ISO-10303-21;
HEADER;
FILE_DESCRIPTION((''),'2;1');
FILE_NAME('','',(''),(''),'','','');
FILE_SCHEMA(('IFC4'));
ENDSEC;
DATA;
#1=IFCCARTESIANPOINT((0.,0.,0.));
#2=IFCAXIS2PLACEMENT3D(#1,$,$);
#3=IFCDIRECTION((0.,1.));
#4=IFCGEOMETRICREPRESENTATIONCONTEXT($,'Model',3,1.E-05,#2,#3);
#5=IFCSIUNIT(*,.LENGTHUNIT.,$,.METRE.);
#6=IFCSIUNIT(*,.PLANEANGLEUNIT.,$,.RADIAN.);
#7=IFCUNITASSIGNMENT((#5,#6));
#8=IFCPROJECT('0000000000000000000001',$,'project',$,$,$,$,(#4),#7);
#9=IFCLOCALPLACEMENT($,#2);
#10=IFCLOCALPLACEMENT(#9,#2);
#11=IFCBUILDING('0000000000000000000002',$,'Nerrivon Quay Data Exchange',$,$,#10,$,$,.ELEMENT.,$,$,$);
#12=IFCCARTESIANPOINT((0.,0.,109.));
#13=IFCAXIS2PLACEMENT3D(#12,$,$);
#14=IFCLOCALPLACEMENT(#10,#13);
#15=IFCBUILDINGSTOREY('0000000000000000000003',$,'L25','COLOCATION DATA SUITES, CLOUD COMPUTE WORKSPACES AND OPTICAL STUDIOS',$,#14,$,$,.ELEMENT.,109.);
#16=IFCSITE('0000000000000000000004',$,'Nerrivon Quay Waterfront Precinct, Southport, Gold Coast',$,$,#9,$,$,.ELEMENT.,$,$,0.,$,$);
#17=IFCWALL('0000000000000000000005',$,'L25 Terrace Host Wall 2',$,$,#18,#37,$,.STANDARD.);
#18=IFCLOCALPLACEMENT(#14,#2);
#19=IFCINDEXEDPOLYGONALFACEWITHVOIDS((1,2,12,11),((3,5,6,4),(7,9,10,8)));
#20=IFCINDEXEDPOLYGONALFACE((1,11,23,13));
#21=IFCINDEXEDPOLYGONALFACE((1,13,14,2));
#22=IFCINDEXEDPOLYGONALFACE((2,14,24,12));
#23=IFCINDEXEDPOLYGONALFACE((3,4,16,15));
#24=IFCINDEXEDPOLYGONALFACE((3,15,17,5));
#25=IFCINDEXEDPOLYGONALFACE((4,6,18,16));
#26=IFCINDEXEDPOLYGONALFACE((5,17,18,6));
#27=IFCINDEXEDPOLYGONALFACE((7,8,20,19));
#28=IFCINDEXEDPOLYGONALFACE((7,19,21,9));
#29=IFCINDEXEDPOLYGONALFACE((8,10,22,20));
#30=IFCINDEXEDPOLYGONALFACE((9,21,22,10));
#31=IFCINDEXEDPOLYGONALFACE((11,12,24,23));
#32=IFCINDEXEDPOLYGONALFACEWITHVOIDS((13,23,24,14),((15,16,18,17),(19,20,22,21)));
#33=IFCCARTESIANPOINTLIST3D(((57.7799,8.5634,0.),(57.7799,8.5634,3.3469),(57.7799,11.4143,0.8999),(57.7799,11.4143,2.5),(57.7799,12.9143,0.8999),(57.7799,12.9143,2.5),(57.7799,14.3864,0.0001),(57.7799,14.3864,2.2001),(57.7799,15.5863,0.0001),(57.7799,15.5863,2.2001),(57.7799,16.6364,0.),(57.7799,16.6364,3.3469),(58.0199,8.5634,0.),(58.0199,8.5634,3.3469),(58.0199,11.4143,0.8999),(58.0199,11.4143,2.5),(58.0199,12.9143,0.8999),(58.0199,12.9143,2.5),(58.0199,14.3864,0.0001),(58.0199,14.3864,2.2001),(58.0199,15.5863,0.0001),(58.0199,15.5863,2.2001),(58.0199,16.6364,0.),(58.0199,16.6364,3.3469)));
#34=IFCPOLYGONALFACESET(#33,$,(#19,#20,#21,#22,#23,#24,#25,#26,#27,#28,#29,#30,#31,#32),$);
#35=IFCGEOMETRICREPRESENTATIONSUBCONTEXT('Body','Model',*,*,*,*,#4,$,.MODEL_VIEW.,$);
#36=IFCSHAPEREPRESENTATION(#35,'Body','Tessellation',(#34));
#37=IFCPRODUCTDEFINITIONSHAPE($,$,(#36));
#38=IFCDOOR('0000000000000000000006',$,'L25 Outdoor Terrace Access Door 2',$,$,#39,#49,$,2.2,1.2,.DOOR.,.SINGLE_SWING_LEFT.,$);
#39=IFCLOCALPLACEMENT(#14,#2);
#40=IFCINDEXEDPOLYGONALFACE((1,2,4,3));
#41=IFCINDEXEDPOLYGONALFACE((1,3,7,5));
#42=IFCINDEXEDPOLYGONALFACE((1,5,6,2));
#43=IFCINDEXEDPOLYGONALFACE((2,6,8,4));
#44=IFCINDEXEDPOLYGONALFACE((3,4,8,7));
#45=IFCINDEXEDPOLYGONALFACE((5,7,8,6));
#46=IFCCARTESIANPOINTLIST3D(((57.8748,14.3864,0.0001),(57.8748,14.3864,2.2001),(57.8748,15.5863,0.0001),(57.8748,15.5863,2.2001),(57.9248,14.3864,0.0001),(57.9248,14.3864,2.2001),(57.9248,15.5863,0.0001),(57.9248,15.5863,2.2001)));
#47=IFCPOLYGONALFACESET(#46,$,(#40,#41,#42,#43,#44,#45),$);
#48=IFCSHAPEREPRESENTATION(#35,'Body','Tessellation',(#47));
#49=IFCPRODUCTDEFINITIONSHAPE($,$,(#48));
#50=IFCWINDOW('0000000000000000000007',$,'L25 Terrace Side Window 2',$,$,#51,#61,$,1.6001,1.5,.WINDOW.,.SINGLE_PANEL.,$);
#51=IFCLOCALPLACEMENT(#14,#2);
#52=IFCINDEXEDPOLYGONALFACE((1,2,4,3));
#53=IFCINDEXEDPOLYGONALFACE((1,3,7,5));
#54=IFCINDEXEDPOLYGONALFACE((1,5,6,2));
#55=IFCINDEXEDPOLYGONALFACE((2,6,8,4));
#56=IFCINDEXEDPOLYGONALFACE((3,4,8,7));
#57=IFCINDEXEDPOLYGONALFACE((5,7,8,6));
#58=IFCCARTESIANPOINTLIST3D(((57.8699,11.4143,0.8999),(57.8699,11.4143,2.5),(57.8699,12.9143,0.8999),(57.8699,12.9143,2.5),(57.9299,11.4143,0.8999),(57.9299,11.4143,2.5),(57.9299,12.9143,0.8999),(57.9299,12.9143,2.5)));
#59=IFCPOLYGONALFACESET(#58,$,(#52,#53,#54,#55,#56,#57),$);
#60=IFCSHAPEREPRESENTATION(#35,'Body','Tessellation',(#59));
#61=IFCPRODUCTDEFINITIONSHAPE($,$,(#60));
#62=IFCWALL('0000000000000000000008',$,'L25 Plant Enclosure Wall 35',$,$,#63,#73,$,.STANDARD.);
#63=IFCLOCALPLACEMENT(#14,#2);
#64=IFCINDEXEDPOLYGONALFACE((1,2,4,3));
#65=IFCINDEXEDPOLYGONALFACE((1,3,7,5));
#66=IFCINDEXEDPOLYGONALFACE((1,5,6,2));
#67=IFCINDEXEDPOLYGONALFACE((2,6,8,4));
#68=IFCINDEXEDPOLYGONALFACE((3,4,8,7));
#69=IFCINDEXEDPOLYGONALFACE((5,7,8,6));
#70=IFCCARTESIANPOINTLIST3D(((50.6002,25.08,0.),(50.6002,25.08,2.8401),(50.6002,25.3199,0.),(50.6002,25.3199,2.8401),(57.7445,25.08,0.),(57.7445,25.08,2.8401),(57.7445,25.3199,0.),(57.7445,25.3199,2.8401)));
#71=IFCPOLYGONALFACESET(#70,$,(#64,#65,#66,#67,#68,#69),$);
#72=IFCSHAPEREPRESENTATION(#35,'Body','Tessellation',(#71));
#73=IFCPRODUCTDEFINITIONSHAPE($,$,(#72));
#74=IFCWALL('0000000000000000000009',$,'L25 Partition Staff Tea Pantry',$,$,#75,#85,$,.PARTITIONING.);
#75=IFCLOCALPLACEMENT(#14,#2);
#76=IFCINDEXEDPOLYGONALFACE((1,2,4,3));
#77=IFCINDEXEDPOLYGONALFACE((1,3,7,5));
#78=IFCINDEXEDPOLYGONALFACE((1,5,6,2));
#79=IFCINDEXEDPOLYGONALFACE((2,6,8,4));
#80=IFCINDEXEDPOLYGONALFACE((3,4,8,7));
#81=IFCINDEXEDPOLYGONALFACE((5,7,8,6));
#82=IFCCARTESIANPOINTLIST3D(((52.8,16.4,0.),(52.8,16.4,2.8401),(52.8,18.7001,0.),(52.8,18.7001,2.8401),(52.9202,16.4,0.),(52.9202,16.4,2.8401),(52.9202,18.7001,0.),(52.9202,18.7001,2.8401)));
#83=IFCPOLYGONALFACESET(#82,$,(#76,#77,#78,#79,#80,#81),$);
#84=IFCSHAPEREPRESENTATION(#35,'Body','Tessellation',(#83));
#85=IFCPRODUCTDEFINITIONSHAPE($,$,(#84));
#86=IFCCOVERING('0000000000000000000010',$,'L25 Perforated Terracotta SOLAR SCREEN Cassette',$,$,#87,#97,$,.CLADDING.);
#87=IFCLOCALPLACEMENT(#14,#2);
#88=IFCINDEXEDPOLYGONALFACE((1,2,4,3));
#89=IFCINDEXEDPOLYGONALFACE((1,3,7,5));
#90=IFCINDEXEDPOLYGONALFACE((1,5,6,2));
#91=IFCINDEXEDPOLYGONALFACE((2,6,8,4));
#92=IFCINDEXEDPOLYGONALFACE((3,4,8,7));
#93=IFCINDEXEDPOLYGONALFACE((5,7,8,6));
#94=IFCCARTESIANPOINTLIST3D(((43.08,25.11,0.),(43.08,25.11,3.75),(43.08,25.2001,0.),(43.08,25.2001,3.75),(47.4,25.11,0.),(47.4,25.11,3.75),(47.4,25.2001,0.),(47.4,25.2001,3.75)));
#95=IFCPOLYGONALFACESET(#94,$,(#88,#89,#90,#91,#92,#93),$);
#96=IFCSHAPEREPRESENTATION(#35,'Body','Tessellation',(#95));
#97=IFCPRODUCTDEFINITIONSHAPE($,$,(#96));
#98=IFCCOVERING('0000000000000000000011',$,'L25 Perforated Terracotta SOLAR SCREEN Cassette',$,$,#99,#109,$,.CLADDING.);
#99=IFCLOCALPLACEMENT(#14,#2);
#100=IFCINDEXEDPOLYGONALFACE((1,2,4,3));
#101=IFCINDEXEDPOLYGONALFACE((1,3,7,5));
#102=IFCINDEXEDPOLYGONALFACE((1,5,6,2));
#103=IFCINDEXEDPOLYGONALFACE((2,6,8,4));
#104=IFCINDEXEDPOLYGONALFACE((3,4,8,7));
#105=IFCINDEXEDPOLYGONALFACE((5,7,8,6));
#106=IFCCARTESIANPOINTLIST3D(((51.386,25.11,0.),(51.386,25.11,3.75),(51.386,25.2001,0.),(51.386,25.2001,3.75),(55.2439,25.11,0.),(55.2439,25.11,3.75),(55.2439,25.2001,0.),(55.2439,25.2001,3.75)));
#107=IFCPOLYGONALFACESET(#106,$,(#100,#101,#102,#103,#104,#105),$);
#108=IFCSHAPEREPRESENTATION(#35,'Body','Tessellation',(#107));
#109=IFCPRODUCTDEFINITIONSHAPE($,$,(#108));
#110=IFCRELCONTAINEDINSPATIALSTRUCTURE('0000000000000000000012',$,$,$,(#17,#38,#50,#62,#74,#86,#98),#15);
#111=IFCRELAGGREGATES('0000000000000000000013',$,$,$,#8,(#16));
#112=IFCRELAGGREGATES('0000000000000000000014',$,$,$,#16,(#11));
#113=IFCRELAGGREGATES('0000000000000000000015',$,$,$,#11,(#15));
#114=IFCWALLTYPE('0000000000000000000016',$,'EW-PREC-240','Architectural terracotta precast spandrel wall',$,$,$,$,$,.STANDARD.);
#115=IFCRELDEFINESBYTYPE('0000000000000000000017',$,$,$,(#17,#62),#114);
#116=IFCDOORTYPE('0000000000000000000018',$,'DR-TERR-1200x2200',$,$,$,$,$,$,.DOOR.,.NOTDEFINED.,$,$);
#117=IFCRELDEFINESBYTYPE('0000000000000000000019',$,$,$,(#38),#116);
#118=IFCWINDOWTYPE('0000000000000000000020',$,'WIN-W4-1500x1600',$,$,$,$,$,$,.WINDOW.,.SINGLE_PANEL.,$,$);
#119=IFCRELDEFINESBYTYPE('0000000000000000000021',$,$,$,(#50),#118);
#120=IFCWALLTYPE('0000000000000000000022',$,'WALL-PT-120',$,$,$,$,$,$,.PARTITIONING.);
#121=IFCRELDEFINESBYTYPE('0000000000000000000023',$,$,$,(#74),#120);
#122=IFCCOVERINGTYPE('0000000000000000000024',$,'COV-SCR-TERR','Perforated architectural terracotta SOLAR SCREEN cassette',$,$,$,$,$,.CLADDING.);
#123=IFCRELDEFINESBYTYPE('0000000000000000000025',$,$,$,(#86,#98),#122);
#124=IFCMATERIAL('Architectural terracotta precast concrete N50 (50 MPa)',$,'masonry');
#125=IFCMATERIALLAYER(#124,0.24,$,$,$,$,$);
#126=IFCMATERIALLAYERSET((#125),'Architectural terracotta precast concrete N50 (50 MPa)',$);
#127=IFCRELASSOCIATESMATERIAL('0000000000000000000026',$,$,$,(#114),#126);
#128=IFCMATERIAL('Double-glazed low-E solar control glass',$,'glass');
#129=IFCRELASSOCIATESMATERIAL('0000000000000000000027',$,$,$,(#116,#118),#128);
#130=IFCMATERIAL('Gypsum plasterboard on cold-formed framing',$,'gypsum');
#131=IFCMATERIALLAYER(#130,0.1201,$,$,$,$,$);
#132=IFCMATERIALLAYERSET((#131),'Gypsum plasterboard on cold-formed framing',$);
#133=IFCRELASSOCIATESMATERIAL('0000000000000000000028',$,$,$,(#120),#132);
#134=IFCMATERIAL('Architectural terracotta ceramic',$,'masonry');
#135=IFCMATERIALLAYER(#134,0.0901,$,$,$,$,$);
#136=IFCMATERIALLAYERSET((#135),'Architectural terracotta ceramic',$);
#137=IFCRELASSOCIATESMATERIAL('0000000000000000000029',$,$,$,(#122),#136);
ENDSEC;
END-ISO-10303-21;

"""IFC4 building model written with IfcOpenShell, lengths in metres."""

from ifc_helpers import new_model, si_unit, direction, frame, frame_2d, origin, origin_2d, place, context, subcontext, project, spatial, rectangle, extrude, material, layer, layer_set, type_object, element, fill, save


model = new_model("IFC4")

# Units and contexts
model_context = context("Model", 3, precision=1e-05, world=origin(), true_north=direction((0.0, 1.0)))
body_context = subcontext(model_context, "Body", "Model", "MODEL_VIEW")
ifc_project = project(units=[si_unit("LENGTHUNIT", "METRE"), si_unit("PLANEANGLEUNIT", "RADIAN")], contexts=[model_context])

# Site, building, storey
site_placement = place(None, origin())
site = spatial("IfcSite", under=ifc_project, at=site_placement, Name="Nerrivon Quay Waterfront Precinct, Southport, Gold Coast", CompositionType="ELEMENT", RefElevation=0.0)
building_placement = place(site_placement, origin())
building = spatial("IfcBuilding", under=site, at=building_placement, Name="Nerrivon Quay Data Exchange", CompositionType="ELEMENT")
storey_placement = place(building_placement, frame((0.0, 0.0, 109.0)))
storey = spatial("IfcBuildingStorey", under=building, at=storey_placement, Name="L25", Description="COLOCATION DATA SUITES, CLOUD COMPUTE WORKSPACES AND OPTICAL STUDIOS", CompositionType="ELEMENT", Elevation=109.0)

# Shared definitions
ifc_material_1 = material(Name="Double-glazed low-E solar control glass", Category="glass")

# Wall, openings, door, window
ifc_material_2 = material(Name="Architectural terracotta precast concrete N50 (50 MPa)", Category="masonry")
ifc_layer_1 = layer(ifc_material_2, 0.24)
ifc_layer_set_1 = layer_set([ifc_layer_1], Name="Architectural terracotta precast concrete N50 (50 MPa)")
wall_type_1 = type_object("IfcWallType", Name="EW-PREC-240", Description="Architectural terracotta precast spandrel wall", PredefinedType="STANDARD", material=ifc_layer_set_1)
door_type = type_object("IfcDoorType", Name="DR-TERR-1200x2200", OperationType="NOTDEFINED", PredefinedType="DOOR", material=ifc_material_1)
wall_1_placement = place(storey_placement, frame((57.8999, 16.6365, 0.0), z_axis=(0.0, 0.0, 1.0), x_axis=(0.0, -1.0, 0.0)))
wall_1 = element("IfcWall", 1, at=wall_1_placement, inside=storey, type_object=wall_type_1, Name="L25 Terrace Host Wall 2", PredefinedType="STANDARD", context=body_context, shape_type="SweptSolid", body=[
    extrude(rectangle(XDim=8.073, YDim=0.24, at=frame_2d((4.0366, 0.0))), origin(), (0.0, 0.0, 1.0), 3.3469),
])
opening_1_placement = place(wall_1_placement, frame((1.05, 0.0, 0.0)))
opening_1 = element("IfcOpeningElement", 2, at=opening_1_placement, cuts=wall_1, PredefinedType="OPENING", context=body_context, shape_type="SweptSolid", body=[
    extrude(rectangle(XDim=1.2, YDim=2.2, at=frame_2d((0.6001, 1.1001))), frame((0.0, 0.1299, 0.0), z_axis=(0.0, -1.0, 0.0), x_axis=(1.0, 0.0, 0.0)), (0.0, 0.0, 1.0), 0.26),
])
opening_2_placement = place(wall_1_placement, frame((3.7222, 0.0, 0.8999)))
opening_2 = element("IfcOpeningElement", 3, at=opening_2_placement, cuts=wall_1, PredefinedType="OPENING", context=body_context, shape_type="SweptSolid", body=[
    extrude(rectangle(XDim=1.5, YDim=1.6001, at=frame_2d((0.75, 0.8))), frame((0.0, 0.1299, 0.0), z_axis=(0.0, -1.0, 0.0), x_axis=(1.0, 0.0, 0.0)), (0.0, 0.0, 1.0), 0.26),
])
door_1_placement = place(opening_1_placement, origin())
door_1 = element("IfcDoor", 4, at=door_1_placement, inside=storey, type_object=door_type, Name="L25 Outdoor Terrace Access Door 2", OperationType="SINGLE_SWING_LEFT", OverallHeight=2.2, OverallWidth=1.2, PredefinedType="DOOR", context=body_context, shape_type="SweptSolid", body=[
    extrude(rectangle(XDim=1.2, YDim=2.2, at=frame_2d((0.6001, 1.1001))), frame((0.0, 0.0249, 0.0), z_axis=(0.0, -1.0, 0.0), x_axis=(1.0, 0.0, 0.0)), (0.0, 0.0, 1.0), 0.05),
])
fill(opening_1, door_1)
window_type_1 = type_object("IfcWindowType", Name="WIN-W4-1500x1600", PartitioningType="SINGLE_PANEL", PredefinedType="WINDOW", material=ifc_material_1)
window_1_placement = place(opening_2_placement, origin())
window_1 = element("IfcWindow", 5, at=window_1_placement, inside=storey, type_object=window_type_1, Name="L25 Terrace Side Window 2", OverallHeight=1.6001, OverallWidth=1.5, PartitioningType="SINGLE_PANEL", PredefinedType="WINDOW", context=body_context, shape_type="SweptSolid", body=[
    extrude(rectangle(XDim=1.5, YDim=1.6001, at=frame_2d((0.75, 0.8))), frame((0.0, 0.03, 0.0), z_axis=(0.0, -1.0, 0.0), x_axis=(1.0, 0.0, 0.0)), (0.0, 0.0, 1.0), 0.0601),
])
fill(opening_2, window_1)

# Walls
wall_2_placement = place(storey_placement, frame((50.6001, 25.2, 0.0), z_axis=(0.0, 0.0, 1.0), x_axis=(1.0, 0.0, 0.0)))
element("IfcWall", 6, at=wall_2_placement, inside=storey, type_object=wall_type_1, Name="L25 Plant Enclosure Wall 35", PredefinedType="STANDARD", context=body_context, shape_type="SweptSolid", body=[
    extrude(rectangle(XDim=7.1443, YDim=0.24, at=frame_2d((3.5723, 0.0))), origin(), (0.0, 0.0, 1.0), 2.8401),
])
ifc_material_3 = material(Name="Gypsum plasterboard on cold-formed framing", Category="gypsum")
ifc_layer_2 = layer(ifc_material_3, 0.1201)
ifc_layer_set_2 = layer_set([ifc_layer_2], Name="Gypsum plasterboard on cold-formed framing")
wall_type_2 = type_object("IfcWallType", Name="WALL-PT-120", PredefinedType="PARTITIONING", material=ifc_layer_set_2)
wall_3_placement = place(storey_placement, frame((52.8601, 18.7, 0.0), z_axis=(0.0, 0.0, 1.0), x_axis=(0.0, -1.0, 0.0)))
element("IfcWall", 7, at=wall_3_placement, inside=storey, type_object=wall_type_2, Name="L25 Partition Staff Tea Pantry", PredefinedType="PARTITIONING", context=body_context, shape_type="SweptSolid", body=[
    extrude(rectangle(XDim=2.3, YDim=0.1201, at=frame_2d((1.1499, 0.0))), origin(), (0.0, 0.0, 1.0), 2.8401),
])

# Coverings
ifc_material_4 = material(Name="Architectural terracotta ceramic", Category="masonry")
ifc_layer_3 = layer(ifc_material_4, 0.0901)
ifc_layer_set_3 = layer_set([ifc_layer_3], Name="Architectural terracotta ceramic")
covering_type = type_object("IfcCoveringType", Name="COV-SCR-TERR", Description="Perforated architectural terracotta SOLAR SCREEN cassette", PredefinedType="CLADDING", material=ifc_layer_set_3)
covering_1_placement = place(storey_placement, frame((45.24, 25.155, 0.0), z_axis=(0.0, 0.0, 1.0), x_axis=(1.0, 0.0, 0.0)))
element("IfcCovering", 8, at=covering_1_placement, inside=storey, type_object=covering_type, Name="L25 Perforated Terracotta SOLAR SCREEN Cassette", PredefinedType="CLADDING", context=body_context, shape_type="SweptSolid", body=[
    extrude(rectangle(XDim=4.3201, YDim=0.0901, at=origin_2d()), origin(), (0.0, 0.0, 1.0), 3.75),
])
covering_2_placement = place(storey_placement, frame((53.3149, 25.155, 0.0), z_axis=(0.0, 0.0, 1.0), x_axis=(1.0, 0.0, 0.0)))
element("IfcCovering", 9, at=covering_2_placement, inside=storey, type_object=covering_type, Name="L25 Perforated Terracotta SOLAR SCREEN Cassette", PredefinedType="CLADDING", context=body_context, shape_type="SweptSolid", body=[
    extrude(rectangle(XDim=3.8579, YDim=0.0901, at=origin_2d()), origin(), (0.0, 0.0, 1.0), 3.75),
])

save(model, "model.ifc")
